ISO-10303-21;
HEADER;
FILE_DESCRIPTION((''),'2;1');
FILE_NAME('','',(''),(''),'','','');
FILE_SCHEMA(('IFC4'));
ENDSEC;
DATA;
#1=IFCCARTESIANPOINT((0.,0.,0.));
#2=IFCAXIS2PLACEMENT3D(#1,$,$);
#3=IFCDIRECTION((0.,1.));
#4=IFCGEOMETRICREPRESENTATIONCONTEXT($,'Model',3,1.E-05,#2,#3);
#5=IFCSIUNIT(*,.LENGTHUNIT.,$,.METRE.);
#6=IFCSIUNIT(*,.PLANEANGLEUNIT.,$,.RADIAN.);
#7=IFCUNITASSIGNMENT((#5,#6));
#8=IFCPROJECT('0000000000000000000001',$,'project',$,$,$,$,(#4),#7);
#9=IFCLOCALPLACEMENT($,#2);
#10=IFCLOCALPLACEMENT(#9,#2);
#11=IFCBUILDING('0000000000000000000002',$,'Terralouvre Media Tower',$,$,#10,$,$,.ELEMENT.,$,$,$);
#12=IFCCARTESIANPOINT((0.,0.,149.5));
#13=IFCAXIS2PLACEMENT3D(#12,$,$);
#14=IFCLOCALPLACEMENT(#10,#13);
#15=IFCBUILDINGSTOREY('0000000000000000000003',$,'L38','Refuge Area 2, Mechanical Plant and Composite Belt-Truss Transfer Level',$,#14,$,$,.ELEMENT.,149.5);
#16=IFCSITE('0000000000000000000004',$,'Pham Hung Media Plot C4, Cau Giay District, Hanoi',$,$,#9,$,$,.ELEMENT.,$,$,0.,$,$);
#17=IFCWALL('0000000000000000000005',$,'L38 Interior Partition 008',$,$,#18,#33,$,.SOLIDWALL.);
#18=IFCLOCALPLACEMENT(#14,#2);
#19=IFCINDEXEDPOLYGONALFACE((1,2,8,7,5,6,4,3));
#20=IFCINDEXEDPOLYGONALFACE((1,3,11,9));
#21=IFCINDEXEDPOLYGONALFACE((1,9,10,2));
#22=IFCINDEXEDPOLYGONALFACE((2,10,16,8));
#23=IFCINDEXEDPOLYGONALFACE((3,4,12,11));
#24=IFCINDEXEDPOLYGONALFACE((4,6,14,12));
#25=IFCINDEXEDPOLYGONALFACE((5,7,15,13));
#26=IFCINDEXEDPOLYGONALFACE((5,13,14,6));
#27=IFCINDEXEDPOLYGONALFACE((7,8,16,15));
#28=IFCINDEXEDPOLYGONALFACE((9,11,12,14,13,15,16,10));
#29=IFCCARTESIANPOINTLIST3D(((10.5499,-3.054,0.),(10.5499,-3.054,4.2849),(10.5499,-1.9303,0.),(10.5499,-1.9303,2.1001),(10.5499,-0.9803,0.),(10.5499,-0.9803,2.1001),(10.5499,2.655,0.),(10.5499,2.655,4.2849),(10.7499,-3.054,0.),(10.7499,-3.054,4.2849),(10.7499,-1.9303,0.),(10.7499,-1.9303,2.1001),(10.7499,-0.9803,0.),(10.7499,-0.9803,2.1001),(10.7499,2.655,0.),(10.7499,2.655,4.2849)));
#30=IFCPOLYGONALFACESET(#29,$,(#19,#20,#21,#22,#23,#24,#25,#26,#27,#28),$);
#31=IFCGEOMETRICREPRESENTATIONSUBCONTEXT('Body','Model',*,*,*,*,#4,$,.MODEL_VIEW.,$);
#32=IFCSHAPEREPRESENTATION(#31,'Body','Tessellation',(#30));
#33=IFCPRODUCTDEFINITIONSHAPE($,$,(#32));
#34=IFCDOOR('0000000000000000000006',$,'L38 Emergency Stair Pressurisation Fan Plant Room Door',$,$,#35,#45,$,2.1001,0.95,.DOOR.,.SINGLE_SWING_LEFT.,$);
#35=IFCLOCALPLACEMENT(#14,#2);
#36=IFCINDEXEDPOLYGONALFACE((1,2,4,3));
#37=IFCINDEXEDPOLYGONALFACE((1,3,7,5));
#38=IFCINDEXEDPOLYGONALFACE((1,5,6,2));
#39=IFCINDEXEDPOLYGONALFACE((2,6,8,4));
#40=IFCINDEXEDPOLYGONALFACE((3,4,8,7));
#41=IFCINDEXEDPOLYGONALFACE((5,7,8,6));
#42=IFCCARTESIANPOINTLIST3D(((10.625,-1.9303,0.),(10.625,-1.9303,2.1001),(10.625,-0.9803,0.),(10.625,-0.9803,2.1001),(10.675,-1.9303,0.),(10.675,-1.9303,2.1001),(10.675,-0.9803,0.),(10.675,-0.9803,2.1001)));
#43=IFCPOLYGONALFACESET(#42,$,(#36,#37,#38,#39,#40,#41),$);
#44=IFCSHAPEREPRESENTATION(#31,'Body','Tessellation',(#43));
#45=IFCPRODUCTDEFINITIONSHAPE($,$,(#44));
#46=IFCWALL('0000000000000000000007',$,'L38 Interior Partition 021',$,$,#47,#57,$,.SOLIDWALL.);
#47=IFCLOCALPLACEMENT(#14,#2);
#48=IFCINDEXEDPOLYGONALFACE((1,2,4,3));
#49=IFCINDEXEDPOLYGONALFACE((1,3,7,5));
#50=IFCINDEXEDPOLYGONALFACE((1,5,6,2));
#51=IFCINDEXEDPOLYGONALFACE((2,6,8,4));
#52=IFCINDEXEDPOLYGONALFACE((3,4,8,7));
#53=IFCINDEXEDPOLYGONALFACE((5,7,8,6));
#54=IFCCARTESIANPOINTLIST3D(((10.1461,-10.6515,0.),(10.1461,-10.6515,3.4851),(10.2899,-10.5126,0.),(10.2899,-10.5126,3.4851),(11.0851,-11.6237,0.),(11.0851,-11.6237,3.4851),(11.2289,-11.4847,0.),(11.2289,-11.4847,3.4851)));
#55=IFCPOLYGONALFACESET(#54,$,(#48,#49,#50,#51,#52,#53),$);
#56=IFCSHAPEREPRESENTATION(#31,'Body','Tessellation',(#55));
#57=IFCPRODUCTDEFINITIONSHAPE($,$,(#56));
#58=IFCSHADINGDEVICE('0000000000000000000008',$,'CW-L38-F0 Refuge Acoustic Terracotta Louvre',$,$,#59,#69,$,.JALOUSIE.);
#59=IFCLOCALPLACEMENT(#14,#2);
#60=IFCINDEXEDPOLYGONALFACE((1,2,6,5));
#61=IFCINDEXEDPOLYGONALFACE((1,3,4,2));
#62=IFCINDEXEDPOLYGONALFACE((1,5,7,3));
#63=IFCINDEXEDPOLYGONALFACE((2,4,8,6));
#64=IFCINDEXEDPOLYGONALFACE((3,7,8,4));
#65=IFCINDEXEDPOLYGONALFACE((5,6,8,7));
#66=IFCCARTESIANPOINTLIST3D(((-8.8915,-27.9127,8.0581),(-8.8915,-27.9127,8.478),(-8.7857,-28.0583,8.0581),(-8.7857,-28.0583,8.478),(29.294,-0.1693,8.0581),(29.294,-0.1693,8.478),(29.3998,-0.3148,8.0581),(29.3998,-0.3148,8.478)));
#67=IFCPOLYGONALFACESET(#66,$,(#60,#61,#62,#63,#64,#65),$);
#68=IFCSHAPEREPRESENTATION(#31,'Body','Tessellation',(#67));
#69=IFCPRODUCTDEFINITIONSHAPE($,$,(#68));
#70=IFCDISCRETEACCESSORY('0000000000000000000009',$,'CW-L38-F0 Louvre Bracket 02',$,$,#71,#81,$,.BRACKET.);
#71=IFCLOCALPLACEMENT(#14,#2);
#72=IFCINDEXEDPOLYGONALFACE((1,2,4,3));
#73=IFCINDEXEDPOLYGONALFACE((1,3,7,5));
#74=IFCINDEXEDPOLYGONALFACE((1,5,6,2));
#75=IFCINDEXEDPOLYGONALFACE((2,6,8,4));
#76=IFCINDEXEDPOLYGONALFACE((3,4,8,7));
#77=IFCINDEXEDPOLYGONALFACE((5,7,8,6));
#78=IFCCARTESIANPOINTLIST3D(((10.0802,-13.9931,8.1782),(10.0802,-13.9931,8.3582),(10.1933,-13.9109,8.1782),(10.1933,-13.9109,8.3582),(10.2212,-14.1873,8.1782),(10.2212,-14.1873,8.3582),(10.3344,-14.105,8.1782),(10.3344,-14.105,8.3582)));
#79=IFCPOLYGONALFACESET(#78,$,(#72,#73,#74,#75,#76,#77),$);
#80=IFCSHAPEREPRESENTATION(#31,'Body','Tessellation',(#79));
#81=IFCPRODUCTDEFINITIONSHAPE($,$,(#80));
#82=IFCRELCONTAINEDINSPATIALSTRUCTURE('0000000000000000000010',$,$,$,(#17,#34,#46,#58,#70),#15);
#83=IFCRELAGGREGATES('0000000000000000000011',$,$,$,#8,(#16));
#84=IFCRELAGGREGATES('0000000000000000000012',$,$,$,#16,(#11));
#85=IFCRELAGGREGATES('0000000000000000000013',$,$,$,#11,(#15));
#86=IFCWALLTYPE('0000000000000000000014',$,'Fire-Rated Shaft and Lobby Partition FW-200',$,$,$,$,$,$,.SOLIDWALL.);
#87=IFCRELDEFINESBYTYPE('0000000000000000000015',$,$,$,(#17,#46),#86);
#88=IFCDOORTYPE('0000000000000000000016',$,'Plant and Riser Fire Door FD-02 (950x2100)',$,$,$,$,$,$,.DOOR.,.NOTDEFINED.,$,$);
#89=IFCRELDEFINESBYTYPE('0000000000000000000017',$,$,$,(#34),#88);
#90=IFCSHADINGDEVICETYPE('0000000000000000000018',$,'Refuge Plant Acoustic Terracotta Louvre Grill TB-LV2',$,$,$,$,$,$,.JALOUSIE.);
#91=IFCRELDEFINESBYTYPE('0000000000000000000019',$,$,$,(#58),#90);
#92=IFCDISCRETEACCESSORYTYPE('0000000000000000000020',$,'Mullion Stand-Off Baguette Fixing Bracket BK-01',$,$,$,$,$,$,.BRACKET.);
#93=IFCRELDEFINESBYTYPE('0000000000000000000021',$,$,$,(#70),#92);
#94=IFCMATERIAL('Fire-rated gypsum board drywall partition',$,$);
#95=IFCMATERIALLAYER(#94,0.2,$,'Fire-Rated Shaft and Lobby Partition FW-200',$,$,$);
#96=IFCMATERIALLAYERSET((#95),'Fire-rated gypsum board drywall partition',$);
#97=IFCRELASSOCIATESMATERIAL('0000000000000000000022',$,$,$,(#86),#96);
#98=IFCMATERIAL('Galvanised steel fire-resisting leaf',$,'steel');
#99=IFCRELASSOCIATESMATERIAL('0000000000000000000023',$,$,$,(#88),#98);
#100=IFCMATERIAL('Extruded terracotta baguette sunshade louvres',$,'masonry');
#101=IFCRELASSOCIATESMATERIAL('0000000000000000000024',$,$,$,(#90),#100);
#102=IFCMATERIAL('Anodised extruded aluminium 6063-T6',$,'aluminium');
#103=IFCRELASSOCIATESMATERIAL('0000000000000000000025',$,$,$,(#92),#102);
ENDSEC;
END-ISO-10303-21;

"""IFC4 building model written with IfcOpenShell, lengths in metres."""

from ifc_helpers import new_model, si_unit, direction, frame, frame_2d, origin, origin_2d, place, context, subcontext, project, spatial, rectangle, extrude, material, layer, layer_set, type_object, element, fill, save


model = new_model("IFC4")

# Units and contexts
model_context = context("Model", 3, precision=1e-05, world=origin(), true_north=direction((0.0, 1.0)))
body_context = subcontext(model_context, "Body", "Model", "MODEL_VIEW")
ifc_project = project(units=[si_unit("LENGTHUNIT", "METRE"), si_unit("PLANEANGLEUNIT", "RADIAN")], contexts=[model_context])

# Site, building, storey
site_placement = place(None, origin())
site = spatial("IfcSite", under=ifc_project, at=site_placement, Name="Pham Hung Media Plot C4, Cau Giay District, Hanoi", CompositionType="ELEMENT", RefElevation=0.0)
building_placement = place(site_placement, origin())
building = spatial("IfcBuilding", under=site, at=building_placement, Name="Terralouvre Media Tower", CompositionType="ELEMENT")
storey_placement = place(building_placement, frame((0.0, 0.0, 149.5)))
storey = spatial("IfcBuildingStorey", under=building, at=storey_placement, Name="L38", Description="Refuge Area 2, Mechanical Plant and Composite Belt-Truss Transfer Level", CompositionType="ELEMENT", Elevation=149.5)

# Shared definitions
ifc_material_1 = material(Name="Fire-rated gypsum board drywall partition")
ifc_layer_1 = layer(ifc_material_1, 0.2, Name="Fire-Rated Shaft and Lobby Partition FW-200")
ifc_layer_set_1 = layer_set([ifc_layer_1], Name="Fire-rated gypsum board drywall partition")
wall_type_1 = type_object("IfcWallType", Name="Fire-Rated Shaft and Lobby Partition FW-200", PredefinedType="SOLIDWALL", material=ifc_layer_set_1)

# Wall, opening, door
ifc_material_2 = material(Name="Galvanised steel fire-resisting leaf", Category="steel")
door_type_1 = type_object("IfcDoorType", Name="Plant and Riser Fire Door FD-02 (950x2100)", OperationType="NOTDEFINED", PredefinedType="DOOR", material=ifc_material_2)
wall_1_placement = place(storey_placement, frame((10.6499, -3.054, 0.0), z_axis=(0.0, 0.0, 1.0), x_axis=(0.0, 1.0, 0.0)))
wall_1 = element("IfcWall", 1, at=wall_1_placement, inside=storey, type_object=wall_type_1, Name="L38 Interior Partition 008", PredefinedType="SOLIDWALL", context=body_context, shape_type="SweptSolid", body=[
    extrude(rectangle(XDim=5.709, YDim=0.2, at=frame_2d((2.8545, 0.0))), origin(), (0.0, 0.0, 1.0), 4.2849),
])
opening_1_placement = place(wall_1_placement, frame((1.1235, 0.0, 0.0)))
opening_1 = element("IfcOpeningElement", 2, at=opening_1_placement, cuts=wall_1, PredefinedType="OPENING", context=body_context, shape_type="SweptSolid", body=[
    extrude(rectangle(XDim=0.95, YDim=2.1001, at=frame_2d((0.4751, 1.05))), frame((0.0, 0.1099, 0.0), z_axis=(0.0, -1.0, 0.0), x_axis=(1.0, 0.0, 0.0)), (0.0, 0.0, 1.0), 0.22),
])
door_1_placement = place(opening_1_placement, origin())
door_1 = element("IfcDoor", 3, at=door_1_placement, inside=storey, type_object=door_type_1, Name="L38 Emergency Stair Pressurisation Fan Plant Room Door", OperationType="SINGLE_SWING_LEFT", OverallHeight=2.1001, OverallWidth=0.95, PredefinedType="DOOR", context=body_context, shape_type="SweptSolid", body=[
    extrude(rectangle(XDim=0.95, YDim=2.1001, at=frame_2d((0.4751, 1.05))), frame((0.0, 0.0249, 0.0), z_axis=(0.0, -1.0, 0.0), x_axis=(1.0, 0.0, 0.0)), (0.0, 0.0, 1.0), 0.05),
])
fill(opening_1, door_1)

# Wall
wall_2_placement = place(storey_placement, frame((11.157, -11.5542, 0.0), z_axis=(0.0, 0.0, 1.0), x_axis=(-0.694717, 0.719283, 0.0)))
element("IfcWall", 4, at=wall_2_placement, inside=storey, type_object=wall_type_1, Name="L38 Interior Partition 021", PredefinedType="SOLIDWALL", context=body_context, shape_type="SweptSolid", body=[
    extrude(rectangle(XDim=1.3516, YDim=0.2, at=frame_2d((0.6758, 0.0))), origin(), (0.0, 0.0, 1.0), 3.4851),
])

# Shading device
ifc_material_3 = material(Name="Extruded terracotta baguette sunshade louvres", Category="masonry")
shading_device_type = type_object("IfcShadingDeviceType", Name="Refuge Plant Acoustic Terracotta Louvre Grill TB-LV2", PredefinedType="JALOUSIE", material=ifc_material_3)
shading_device_placement = place(storey_placement, frame((10.2542, -14.1138, 8.0581), z_axis=(0.0, 0.0, 1.0), x_axis=(0.809017, 0.587785, 0.0)))
element("IfcShadingDevice", 5, at=shading_device_placement, inside=storey, type_object=shading_device_type, Name="CW-L38-F0 Refuge Acoustic Terracotta Louvre", PredefinedType="JALOUSIE", context=body_context, shape_type="SweptSolid", body=[
    extrude(rectangle(XDim=47.2, YDim=0.1799, at=origin_2d()), origin(), (0.0, 0.0, 1.0), 0.4199),
])

# Discrete accessory
ifc_material_4 = material(Name="Anodised extruded aluminium 6063-T6", Category="aluminium")
discrete_accessory_type = type_object("IfcDiscreteAccessoryType", Name="Mullion Stand-Off Baguette Fixing Bracket BK-01", PredefinedType="BRACKET", material=ifc_material_4)
discrete_accessory_placement = place(storey_placement, frame((10.2073, -14.0491, 8.1782), z_axis=(0.0, 0.0, 1.0), x_axis=(0.809017, 0.587785, 0.0)))
element("IfcDiscreteAccessory", 6, at=discrete_accessory_placement, inside=storey, type_object=discrete_accessory_type, Name="CW-L38-F0 Louvre Bracket 02", PredefinedType="BRACKET", context=body_context, shape_type="SweptSolid", body=[
    extrude(rectangle(XDim=0.1399, YDim=0.24, at=origin_2d()), origin(), (0.0, 0.0, 1.0), 0.1799),
])

save(model, "model.ifc")
